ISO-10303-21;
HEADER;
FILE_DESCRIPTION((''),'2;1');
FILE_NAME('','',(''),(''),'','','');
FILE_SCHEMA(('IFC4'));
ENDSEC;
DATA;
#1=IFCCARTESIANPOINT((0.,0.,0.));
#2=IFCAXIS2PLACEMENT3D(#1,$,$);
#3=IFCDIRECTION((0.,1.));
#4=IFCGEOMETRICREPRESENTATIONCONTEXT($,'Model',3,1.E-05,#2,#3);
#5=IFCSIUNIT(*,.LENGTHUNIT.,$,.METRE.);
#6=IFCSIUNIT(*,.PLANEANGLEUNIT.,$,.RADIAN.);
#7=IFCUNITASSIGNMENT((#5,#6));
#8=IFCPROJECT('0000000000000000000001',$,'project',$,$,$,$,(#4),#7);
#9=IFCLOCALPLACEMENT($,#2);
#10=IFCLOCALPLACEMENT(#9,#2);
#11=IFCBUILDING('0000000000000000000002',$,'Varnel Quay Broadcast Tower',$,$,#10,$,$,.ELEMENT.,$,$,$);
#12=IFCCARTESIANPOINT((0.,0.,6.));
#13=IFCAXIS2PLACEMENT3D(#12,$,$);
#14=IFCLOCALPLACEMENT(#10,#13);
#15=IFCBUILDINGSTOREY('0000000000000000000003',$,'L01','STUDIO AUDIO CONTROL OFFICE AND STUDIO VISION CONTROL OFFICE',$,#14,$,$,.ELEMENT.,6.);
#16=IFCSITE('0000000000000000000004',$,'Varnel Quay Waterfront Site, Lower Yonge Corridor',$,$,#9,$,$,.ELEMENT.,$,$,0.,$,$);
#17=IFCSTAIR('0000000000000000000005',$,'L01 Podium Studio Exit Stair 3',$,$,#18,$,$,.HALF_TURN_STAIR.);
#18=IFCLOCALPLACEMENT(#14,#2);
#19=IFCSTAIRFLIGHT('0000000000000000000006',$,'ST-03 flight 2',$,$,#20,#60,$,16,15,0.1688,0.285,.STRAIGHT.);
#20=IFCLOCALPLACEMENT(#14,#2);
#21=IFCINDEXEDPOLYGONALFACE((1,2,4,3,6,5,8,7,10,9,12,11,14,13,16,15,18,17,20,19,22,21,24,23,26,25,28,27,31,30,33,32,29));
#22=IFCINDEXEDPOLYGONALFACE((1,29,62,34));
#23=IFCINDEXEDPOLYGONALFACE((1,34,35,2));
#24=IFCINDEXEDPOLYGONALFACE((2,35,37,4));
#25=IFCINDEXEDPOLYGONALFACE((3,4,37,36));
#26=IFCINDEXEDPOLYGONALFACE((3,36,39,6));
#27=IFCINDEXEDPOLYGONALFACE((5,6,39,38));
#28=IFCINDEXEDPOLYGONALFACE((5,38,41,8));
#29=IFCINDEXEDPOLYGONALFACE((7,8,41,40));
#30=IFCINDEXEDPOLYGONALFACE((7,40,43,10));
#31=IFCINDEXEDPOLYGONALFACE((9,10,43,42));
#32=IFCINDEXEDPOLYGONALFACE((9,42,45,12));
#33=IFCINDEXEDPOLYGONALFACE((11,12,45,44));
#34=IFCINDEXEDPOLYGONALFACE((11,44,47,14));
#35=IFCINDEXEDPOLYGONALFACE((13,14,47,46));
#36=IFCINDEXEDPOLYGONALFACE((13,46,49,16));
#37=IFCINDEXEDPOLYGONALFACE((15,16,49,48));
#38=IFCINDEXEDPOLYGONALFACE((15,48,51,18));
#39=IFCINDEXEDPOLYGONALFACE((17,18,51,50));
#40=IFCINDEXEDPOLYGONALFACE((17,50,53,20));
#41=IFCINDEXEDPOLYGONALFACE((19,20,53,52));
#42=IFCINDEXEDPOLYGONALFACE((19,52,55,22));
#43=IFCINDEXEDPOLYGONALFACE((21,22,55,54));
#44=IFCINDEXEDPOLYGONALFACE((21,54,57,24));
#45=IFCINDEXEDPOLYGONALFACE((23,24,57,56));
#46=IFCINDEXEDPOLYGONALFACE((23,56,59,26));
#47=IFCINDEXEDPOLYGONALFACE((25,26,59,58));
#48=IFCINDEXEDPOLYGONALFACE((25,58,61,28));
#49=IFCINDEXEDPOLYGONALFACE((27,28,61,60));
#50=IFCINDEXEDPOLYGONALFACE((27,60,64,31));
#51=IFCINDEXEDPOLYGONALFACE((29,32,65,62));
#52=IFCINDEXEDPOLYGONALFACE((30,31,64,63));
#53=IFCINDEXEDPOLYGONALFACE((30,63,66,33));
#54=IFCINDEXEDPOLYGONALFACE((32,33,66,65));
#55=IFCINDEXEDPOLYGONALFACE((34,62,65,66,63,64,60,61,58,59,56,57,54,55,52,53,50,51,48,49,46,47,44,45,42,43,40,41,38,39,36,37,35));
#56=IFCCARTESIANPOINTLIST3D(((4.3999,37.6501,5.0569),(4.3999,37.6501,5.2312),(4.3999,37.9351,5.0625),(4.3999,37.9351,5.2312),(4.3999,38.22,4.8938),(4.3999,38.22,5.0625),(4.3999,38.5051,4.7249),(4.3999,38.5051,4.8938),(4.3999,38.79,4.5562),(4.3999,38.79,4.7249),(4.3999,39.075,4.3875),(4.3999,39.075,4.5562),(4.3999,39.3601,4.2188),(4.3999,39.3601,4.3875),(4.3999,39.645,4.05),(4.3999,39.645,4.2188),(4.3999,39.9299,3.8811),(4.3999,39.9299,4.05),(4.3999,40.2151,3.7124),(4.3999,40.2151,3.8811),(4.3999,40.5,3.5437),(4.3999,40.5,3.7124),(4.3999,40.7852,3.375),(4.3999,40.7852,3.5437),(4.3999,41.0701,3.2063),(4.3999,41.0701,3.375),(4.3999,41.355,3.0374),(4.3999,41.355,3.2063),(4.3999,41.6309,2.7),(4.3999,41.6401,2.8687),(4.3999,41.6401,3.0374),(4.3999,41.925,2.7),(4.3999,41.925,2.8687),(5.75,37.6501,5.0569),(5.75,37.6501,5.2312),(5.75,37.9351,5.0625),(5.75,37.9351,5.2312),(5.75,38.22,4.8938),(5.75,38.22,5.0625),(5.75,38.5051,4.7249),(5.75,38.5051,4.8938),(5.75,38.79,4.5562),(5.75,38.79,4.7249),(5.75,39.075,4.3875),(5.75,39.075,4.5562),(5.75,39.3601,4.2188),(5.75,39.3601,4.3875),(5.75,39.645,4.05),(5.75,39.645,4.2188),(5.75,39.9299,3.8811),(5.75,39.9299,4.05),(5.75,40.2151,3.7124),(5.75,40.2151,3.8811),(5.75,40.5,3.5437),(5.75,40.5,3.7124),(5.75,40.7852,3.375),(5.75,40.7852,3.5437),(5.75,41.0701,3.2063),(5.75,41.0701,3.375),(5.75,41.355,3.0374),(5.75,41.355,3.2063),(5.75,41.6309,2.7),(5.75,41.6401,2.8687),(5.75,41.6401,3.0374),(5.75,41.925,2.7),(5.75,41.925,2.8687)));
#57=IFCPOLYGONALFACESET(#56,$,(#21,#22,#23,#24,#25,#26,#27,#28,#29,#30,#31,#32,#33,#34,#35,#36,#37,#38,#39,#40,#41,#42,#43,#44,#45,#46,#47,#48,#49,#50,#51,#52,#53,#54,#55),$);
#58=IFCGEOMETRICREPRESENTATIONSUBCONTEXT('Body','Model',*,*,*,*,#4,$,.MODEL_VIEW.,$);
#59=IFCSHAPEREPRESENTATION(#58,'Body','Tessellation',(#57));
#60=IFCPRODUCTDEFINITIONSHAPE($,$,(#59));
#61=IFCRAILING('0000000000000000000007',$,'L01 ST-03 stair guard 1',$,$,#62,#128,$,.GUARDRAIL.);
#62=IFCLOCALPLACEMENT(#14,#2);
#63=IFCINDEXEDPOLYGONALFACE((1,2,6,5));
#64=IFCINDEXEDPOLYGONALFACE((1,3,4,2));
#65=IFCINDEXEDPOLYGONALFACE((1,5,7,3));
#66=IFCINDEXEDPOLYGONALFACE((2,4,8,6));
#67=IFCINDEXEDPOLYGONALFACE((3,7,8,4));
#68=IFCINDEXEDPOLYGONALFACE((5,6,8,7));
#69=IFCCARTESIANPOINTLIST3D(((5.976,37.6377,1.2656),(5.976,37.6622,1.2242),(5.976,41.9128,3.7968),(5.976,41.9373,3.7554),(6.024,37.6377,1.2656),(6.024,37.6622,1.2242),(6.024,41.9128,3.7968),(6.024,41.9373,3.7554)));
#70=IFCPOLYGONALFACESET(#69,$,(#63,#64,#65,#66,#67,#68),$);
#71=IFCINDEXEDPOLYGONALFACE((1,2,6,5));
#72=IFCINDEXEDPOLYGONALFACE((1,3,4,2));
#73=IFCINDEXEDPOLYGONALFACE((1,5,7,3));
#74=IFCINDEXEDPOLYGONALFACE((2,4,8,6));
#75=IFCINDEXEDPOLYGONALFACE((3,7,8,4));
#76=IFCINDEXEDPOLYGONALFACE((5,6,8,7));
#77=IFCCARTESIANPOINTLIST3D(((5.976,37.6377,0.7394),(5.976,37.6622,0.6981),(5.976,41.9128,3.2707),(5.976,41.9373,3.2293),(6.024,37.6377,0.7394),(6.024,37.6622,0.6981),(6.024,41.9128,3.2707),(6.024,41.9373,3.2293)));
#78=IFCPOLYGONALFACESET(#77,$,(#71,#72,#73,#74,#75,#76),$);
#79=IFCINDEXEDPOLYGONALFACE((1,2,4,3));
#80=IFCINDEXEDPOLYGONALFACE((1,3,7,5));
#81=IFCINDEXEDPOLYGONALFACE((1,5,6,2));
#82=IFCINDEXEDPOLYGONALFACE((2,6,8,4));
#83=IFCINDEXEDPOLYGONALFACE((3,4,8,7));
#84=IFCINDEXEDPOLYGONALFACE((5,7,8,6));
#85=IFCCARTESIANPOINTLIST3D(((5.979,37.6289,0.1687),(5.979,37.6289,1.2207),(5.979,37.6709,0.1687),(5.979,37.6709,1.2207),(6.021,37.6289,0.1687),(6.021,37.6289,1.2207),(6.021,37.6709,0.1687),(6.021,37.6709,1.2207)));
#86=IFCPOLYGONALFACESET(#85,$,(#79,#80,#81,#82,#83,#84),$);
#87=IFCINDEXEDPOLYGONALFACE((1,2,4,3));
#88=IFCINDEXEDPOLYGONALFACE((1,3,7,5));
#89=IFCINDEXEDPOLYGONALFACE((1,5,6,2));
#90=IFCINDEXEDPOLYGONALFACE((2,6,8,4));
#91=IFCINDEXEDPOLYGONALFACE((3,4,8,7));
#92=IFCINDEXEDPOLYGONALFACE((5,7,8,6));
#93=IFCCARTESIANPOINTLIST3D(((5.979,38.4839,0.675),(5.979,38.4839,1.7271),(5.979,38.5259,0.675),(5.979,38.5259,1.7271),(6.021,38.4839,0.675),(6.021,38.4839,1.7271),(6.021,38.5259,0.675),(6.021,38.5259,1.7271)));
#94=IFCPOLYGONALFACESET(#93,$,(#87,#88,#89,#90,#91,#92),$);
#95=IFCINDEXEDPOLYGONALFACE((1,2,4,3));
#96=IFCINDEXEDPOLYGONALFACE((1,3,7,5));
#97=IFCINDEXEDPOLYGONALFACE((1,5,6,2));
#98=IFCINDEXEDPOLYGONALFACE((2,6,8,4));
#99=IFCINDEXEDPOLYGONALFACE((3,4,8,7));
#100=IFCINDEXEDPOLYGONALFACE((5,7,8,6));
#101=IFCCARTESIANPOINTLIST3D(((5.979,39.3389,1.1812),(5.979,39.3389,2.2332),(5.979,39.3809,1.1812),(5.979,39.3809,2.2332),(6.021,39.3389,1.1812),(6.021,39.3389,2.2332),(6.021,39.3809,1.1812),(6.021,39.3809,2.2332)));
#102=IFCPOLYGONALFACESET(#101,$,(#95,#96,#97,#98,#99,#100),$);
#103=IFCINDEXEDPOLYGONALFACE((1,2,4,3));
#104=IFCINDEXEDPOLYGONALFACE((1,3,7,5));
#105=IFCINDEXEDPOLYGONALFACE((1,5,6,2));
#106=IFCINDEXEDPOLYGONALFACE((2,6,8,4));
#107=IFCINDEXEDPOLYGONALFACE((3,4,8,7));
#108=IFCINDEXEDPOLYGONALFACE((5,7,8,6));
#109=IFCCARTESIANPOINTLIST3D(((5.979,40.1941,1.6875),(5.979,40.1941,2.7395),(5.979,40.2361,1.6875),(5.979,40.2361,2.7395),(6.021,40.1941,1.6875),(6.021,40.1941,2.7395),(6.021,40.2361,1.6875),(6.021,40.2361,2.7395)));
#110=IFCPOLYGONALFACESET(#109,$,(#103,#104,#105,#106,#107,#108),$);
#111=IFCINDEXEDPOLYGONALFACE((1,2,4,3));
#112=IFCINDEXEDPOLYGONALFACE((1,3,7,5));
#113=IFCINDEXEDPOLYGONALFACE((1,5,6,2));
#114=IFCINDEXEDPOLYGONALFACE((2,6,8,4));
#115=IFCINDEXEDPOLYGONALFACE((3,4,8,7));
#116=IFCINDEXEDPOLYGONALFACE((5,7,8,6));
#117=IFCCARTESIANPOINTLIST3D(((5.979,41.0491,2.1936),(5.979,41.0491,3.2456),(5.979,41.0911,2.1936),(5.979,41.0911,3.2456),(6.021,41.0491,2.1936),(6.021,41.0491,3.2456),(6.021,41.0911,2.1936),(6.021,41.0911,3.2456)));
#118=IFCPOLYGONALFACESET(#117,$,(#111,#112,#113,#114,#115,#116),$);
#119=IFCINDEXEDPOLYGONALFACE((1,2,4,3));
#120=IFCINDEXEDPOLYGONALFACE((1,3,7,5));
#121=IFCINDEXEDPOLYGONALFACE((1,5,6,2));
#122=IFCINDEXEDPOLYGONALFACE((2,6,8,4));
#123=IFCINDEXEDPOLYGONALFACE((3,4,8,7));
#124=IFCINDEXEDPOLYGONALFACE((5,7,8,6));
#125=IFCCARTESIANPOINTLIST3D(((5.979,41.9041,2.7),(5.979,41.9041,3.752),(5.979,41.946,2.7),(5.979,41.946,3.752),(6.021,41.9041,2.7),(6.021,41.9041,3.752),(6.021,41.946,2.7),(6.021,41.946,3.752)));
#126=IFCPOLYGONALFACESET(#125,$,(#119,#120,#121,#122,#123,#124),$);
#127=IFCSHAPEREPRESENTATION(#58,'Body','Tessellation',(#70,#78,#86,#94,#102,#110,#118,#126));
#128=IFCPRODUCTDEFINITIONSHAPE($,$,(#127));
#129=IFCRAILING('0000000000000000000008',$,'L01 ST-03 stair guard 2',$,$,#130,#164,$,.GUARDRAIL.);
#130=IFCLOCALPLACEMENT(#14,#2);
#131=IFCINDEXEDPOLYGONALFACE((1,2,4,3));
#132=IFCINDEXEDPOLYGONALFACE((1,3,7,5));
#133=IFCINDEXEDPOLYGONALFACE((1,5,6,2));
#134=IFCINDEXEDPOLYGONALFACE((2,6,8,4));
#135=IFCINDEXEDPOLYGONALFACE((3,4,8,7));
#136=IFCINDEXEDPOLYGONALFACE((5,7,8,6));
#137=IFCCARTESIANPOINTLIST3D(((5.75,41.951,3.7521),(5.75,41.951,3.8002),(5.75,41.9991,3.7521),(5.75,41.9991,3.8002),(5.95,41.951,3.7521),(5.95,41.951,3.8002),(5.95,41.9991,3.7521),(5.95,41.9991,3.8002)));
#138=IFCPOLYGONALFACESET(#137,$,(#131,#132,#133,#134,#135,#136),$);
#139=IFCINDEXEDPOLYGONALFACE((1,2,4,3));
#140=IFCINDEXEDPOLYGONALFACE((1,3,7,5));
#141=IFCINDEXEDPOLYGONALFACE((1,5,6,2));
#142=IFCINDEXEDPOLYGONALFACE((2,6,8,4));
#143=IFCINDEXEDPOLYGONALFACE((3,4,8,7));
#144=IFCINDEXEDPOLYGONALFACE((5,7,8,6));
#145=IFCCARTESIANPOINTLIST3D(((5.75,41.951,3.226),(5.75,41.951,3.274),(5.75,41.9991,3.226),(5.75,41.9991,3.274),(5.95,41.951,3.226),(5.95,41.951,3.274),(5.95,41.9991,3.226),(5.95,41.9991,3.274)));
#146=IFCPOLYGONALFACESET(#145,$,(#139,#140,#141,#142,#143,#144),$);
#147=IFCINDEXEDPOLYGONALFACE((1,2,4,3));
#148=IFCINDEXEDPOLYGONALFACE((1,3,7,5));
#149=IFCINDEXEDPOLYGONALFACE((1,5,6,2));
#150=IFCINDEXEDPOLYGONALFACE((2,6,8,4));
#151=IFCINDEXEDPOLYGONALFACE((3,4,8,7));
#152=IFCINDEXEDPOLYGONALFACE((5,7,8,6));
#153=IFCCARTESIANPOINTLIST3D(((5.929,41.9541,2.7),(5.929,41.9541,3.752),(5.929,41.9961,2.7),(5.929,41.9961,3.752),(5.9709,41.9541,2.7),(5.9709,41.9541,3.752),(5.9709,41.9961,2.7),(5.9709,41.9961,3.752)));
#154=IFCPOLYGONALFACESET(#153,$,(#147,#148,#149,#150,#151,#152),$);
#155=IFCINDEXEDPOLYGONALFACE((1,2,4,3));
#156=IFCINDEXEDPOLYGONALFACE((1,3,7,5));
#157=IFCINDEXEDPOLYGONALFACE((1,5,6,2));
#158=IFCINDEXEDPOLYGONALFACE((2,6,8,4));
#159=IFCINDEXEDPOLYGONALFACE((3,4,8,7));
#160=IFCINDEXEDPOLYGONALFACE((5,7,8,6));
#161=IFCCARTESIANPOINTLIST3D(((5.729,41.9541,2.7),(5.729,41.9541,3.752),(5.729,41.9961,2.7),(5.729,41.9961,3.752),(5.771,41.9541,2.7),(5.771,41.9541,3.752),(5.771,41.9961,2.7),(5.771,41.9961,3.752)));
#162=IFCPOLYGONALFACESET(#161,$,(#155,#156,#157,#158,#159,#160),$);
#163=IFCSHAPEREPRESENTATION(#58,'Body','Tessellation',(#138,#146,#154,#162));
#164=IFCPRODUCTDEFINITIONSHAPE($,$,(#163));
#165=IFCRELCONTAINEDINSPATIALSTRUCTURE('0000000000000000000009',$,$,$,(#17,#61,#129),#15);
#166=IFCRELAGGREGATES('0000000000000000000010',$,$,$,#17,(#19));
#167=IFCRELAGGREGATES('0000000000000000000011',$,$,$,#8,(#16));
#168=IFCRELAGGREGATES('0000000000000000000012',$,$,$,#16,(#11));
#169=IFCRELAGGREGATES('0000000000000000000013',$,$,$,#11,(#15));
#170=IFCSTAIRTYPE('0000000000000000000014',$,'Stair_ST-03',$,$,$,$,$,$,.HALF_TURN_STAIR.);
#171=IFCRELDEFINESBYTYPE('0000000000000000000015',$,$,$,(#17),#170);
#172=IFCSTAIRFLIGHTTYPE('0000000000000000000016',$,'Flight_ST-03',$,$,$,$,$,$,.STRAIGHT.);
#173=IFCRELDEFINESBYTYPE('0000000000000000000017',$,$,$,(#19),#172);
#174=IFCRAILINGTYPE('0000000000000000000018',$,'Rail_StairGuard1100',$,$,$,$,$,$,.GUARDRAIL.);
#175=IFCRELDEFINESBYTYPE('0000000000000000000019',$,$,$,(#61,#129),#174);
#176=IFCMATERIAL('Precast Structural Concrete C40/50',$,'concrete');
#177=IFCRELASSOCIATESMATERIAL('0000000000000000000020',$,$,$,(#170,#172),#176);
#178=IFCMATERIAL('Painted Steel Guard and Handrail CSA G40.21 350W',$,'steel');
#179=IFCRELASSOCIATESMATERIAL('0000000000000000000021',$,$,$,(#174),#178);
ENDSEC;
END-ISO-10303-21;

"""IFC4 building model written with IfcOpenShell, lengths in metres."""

from ifc_helpers import new_model, si_unit, direction, frame, origin, origin_2d, place, context, subcontext, project, spatial, polyline, rectangle, outline, extrude, material, type_object, element, aggregate, save


model = new_model("IFC4")

# Units and contexts
model_context = context("Model", 3, precision=1e-05, world=origin(), true_north=direction((0.0, 1.0)))
body_context = subcontext(model_context, "Body", "Model", "MODEL_VIEW")
ifc_project = project(units=[si_unit("LENGTHUNIT", "METRE"), si_unit("PLANEANGLEUNIT", "RADIAN")], contexts=[model_context])

# Site, building, storey
site_placement = place(None, origin())
site = spatial("IfcSite", under=ifc_project, at=site_placement, Name="Varnel Quay Waterfront Site, Lower Yonge Corridor", CompositionType="ELEMENT", RefElevation=0.0)
building_placement = place(site_placement, origin())
building = spatial("IfcBuilding", under=site, at=building_placement, Name="Varnel Quay Broadcast Tower", CompositionType="ELEMENT")
storey_placement = place(building_placement, frame((0.0, 0.0, 6.0)))
storey = spatial("IfcBuildingStorey", under=building, at=storey_placement, Name="L01", Description="STUDIO AUDIO CONTROL OFFICE AND STUDIO VISION CONTROL OFFICE", CompositionType="ELEMENT", Elevation=6.0)

# Stair, stair flight
ifc_material_1 = material(Name="Precast Structural Concrete C40/50", Category="concrete")
stair_type = type_object("IfcStairType", Name="Stair_ST-03", PredefinedType="HALF_TURN_STAIR", material=ifc_material_1)
stair_placement = place(storey_placement, origin())
stair = element("IfcStair", 1, at=stair_placement, inside=storey, type_object=stair_type, Name="L01 Podium Studio Exit Stair 3", PredefinedType="HALF_TURN_STAIR")
stair_flight_type = type_object("IfcStairFlightType", Name="Flight_ST-03", PredefinedType="STRAIGHT", material=ifc_material_1)
stair_flight_1_placement = place(storey_placement, frame((5.075, 41.925, 2.7), z_axis=(0.0, 0.0, 1.0), x_axis=(0.0, -1.0, 0.0)))
stair_flight_1 = element("IfcStairFlight", 2, at=stair_flight_1_placement, type_object=stair_flight_type, Name="ST-03 flight 2", NumberOfRisers=16, NumberOfTreads=15, PredefinedType="STRAIGHT", RiserHeight=0.1688, TreadLength=0.285, context=body_context, shape_type="SweptSolid", body=[
    extrude(outline(polyline([(0.0, 0.0), (0.0, 0.1687), (0.2849, 0.1687), (0.2849, 0.3374), (0.5701, 0.3374), (0.5701, 0.5063), (0.855, 0.5063), (0.855, 0.675), (1.1399, 0.675), (1.1399, 0.8438), (1.425, 0.8438), (1.425, 1.0125), (1.71, 1.0125), (1.71, 1.1812), (1.9951, 1.1812), (1.9951, 1.3501), (2.28, 1.3501), (2.28, 1.5188), (2.5649, 1.5188), (2.5649, 1.6875), (2.8501, 1.6875), (2.8501, 1.8562), (3.135, 1.8562), (3.135, 2.0249), (3.4199, 2.0249), (3.4199, 2.1938), (3.7051, 2.1938), (3.7051, 2.3625), (3.99, 2.3625), (3.99, 2.5312), (4.2749, 2.5312), (4.2749, 2.7), (4.2749, 2.3569), (0.2942, 0.0), (0.0, 0.0)])), frame((0.0, 0.675, 0.0), z_axis=(0.0, -1.0, 0.0), x_axis=(1.0, 0.0, 0.0)), (0.0, 0.0, 1.0), 1.3501),
])
aggregate(stair, [stair_flight_1])

# Railings
ifc_material_2 = material(Name="Painted Steel Guard and Handrail CSA G40.21 350W", Category="steel")
railing_type_1 = type_object("IfcRailingType", Name="Rail_StairGuard1100", PredefinedType="GUARDRAIL", material=ifc_material_2)
railing_1_placement = place(storey_placement, frame((6.0, 37.6499, 0.1687)))
element("IfcRailing", 3, at=railing_1_placement, inside=storey, type_object=railing_type_1, Name="L01 ST-03 stair guard 1", PredefinedType="GUARDRAIL", context=body_context, shape_type="SweptSolid", body=[
    extrude(rectangle(XDim=0.0481, YDim=0.0481, at=origin_2d()), frame((0.0, 0.0, 1.0762), z_axis=(0.0, 0.860483, 0.509479), x_axis=(-1.0, 0.0, 0.0)), (0.0, 0.0, 1.0), 4.9683),
    extrude(rectangle(XDim=0.0481, YDim=0.0481, at=origin_2d()), frame((0.0, 0.0, 0.55), z_axis=(0.0, 0.860483, 0.509479), x_axis=(-1.0, 0.0, 0.0)), (0.0, 0.0, 1.0), 4.9683),
    extrude(rectangle(XDim=0.042, YDim=0.042, at=origin_2d()), origin(), (0.0, 0.0, 1.0), 1.052),
    extrude(rectangle(XDim=0.042, YDim=0.042, at=origin_2d()), frame((0.0, 0.855, 0.5063)), (0.0, 0.0, 1.0), 1.052),
    extrude(rectangle(XDim=0.042, YDim=0.042, at=origin_2d()), frame((0.0, 1.71, 1.0125)), (0.0, 0.0, 1.0), 1.052),
    extrude(rectangle(XDim=0.042, YDim=0.042, at=origin_2d()), frame((0.0, 2.5652, 1.5188)), (0.0, 0.0, 1.0), 1.052),
    extrude(rectangle(XDim=0.042, YDim=0.042, at=origin_2d()), frame((0.0, 3.4202, 2.0249)), (0.0, 0.0, 1.0), 1.052),
    extrude(rectangle(XDim=0.042, YDim=0.042, at=origin_2d()), frame((0.0, 4.2751, 2.5312)), (0.0, 0.0, 1.0), 1.052),
])
railing_2_placement = place(storey_placement, frame((5.95, 41.9751, 2.7)))
element("IfcRailing", 4, at=railing_2_placement, inside=storey, type_object=railing_type_1, Name="L01 ST-03 stair guard 2", PredefinedType="GUARDRAIL", context=body_context, shape_type="SweptSolid", body=[
    extrude(rectangle(XDim=0.0481, YDim=0.0481, at=origin_2d()), frame((0.0, 0.0, 1.0762), z_axis=(-1.0, 0.0, 0.0), x_axis=(0.0, -1.0, 0.0)), (0.0, 0.0, 1.0), 0.2),
    extrude(rectangle(XDim=0.0481, YDim=0.0481, at=origin_2d()), frame((0.0, 0.0, 0.55), z_axis=(-1.0, 0.0, 0.0), x_axis=(0.0, -1.0, 0.0)), (0.0, 0.0, 1.0), 0.2),
    extrude(rectangle(XDim=0.042, YDim=0.042, at=origin_2d()), origin(), (0.0, 0.0, 1.0), 1.052),
    extrude(rectangle(XDim=0.042, YDim=0.042, at=origin_2d()), frame((-0.2, 0.0, 0.0)), (0.0, 0.0, 1.0), 1.052),
])

save(model, "model.ifc")
